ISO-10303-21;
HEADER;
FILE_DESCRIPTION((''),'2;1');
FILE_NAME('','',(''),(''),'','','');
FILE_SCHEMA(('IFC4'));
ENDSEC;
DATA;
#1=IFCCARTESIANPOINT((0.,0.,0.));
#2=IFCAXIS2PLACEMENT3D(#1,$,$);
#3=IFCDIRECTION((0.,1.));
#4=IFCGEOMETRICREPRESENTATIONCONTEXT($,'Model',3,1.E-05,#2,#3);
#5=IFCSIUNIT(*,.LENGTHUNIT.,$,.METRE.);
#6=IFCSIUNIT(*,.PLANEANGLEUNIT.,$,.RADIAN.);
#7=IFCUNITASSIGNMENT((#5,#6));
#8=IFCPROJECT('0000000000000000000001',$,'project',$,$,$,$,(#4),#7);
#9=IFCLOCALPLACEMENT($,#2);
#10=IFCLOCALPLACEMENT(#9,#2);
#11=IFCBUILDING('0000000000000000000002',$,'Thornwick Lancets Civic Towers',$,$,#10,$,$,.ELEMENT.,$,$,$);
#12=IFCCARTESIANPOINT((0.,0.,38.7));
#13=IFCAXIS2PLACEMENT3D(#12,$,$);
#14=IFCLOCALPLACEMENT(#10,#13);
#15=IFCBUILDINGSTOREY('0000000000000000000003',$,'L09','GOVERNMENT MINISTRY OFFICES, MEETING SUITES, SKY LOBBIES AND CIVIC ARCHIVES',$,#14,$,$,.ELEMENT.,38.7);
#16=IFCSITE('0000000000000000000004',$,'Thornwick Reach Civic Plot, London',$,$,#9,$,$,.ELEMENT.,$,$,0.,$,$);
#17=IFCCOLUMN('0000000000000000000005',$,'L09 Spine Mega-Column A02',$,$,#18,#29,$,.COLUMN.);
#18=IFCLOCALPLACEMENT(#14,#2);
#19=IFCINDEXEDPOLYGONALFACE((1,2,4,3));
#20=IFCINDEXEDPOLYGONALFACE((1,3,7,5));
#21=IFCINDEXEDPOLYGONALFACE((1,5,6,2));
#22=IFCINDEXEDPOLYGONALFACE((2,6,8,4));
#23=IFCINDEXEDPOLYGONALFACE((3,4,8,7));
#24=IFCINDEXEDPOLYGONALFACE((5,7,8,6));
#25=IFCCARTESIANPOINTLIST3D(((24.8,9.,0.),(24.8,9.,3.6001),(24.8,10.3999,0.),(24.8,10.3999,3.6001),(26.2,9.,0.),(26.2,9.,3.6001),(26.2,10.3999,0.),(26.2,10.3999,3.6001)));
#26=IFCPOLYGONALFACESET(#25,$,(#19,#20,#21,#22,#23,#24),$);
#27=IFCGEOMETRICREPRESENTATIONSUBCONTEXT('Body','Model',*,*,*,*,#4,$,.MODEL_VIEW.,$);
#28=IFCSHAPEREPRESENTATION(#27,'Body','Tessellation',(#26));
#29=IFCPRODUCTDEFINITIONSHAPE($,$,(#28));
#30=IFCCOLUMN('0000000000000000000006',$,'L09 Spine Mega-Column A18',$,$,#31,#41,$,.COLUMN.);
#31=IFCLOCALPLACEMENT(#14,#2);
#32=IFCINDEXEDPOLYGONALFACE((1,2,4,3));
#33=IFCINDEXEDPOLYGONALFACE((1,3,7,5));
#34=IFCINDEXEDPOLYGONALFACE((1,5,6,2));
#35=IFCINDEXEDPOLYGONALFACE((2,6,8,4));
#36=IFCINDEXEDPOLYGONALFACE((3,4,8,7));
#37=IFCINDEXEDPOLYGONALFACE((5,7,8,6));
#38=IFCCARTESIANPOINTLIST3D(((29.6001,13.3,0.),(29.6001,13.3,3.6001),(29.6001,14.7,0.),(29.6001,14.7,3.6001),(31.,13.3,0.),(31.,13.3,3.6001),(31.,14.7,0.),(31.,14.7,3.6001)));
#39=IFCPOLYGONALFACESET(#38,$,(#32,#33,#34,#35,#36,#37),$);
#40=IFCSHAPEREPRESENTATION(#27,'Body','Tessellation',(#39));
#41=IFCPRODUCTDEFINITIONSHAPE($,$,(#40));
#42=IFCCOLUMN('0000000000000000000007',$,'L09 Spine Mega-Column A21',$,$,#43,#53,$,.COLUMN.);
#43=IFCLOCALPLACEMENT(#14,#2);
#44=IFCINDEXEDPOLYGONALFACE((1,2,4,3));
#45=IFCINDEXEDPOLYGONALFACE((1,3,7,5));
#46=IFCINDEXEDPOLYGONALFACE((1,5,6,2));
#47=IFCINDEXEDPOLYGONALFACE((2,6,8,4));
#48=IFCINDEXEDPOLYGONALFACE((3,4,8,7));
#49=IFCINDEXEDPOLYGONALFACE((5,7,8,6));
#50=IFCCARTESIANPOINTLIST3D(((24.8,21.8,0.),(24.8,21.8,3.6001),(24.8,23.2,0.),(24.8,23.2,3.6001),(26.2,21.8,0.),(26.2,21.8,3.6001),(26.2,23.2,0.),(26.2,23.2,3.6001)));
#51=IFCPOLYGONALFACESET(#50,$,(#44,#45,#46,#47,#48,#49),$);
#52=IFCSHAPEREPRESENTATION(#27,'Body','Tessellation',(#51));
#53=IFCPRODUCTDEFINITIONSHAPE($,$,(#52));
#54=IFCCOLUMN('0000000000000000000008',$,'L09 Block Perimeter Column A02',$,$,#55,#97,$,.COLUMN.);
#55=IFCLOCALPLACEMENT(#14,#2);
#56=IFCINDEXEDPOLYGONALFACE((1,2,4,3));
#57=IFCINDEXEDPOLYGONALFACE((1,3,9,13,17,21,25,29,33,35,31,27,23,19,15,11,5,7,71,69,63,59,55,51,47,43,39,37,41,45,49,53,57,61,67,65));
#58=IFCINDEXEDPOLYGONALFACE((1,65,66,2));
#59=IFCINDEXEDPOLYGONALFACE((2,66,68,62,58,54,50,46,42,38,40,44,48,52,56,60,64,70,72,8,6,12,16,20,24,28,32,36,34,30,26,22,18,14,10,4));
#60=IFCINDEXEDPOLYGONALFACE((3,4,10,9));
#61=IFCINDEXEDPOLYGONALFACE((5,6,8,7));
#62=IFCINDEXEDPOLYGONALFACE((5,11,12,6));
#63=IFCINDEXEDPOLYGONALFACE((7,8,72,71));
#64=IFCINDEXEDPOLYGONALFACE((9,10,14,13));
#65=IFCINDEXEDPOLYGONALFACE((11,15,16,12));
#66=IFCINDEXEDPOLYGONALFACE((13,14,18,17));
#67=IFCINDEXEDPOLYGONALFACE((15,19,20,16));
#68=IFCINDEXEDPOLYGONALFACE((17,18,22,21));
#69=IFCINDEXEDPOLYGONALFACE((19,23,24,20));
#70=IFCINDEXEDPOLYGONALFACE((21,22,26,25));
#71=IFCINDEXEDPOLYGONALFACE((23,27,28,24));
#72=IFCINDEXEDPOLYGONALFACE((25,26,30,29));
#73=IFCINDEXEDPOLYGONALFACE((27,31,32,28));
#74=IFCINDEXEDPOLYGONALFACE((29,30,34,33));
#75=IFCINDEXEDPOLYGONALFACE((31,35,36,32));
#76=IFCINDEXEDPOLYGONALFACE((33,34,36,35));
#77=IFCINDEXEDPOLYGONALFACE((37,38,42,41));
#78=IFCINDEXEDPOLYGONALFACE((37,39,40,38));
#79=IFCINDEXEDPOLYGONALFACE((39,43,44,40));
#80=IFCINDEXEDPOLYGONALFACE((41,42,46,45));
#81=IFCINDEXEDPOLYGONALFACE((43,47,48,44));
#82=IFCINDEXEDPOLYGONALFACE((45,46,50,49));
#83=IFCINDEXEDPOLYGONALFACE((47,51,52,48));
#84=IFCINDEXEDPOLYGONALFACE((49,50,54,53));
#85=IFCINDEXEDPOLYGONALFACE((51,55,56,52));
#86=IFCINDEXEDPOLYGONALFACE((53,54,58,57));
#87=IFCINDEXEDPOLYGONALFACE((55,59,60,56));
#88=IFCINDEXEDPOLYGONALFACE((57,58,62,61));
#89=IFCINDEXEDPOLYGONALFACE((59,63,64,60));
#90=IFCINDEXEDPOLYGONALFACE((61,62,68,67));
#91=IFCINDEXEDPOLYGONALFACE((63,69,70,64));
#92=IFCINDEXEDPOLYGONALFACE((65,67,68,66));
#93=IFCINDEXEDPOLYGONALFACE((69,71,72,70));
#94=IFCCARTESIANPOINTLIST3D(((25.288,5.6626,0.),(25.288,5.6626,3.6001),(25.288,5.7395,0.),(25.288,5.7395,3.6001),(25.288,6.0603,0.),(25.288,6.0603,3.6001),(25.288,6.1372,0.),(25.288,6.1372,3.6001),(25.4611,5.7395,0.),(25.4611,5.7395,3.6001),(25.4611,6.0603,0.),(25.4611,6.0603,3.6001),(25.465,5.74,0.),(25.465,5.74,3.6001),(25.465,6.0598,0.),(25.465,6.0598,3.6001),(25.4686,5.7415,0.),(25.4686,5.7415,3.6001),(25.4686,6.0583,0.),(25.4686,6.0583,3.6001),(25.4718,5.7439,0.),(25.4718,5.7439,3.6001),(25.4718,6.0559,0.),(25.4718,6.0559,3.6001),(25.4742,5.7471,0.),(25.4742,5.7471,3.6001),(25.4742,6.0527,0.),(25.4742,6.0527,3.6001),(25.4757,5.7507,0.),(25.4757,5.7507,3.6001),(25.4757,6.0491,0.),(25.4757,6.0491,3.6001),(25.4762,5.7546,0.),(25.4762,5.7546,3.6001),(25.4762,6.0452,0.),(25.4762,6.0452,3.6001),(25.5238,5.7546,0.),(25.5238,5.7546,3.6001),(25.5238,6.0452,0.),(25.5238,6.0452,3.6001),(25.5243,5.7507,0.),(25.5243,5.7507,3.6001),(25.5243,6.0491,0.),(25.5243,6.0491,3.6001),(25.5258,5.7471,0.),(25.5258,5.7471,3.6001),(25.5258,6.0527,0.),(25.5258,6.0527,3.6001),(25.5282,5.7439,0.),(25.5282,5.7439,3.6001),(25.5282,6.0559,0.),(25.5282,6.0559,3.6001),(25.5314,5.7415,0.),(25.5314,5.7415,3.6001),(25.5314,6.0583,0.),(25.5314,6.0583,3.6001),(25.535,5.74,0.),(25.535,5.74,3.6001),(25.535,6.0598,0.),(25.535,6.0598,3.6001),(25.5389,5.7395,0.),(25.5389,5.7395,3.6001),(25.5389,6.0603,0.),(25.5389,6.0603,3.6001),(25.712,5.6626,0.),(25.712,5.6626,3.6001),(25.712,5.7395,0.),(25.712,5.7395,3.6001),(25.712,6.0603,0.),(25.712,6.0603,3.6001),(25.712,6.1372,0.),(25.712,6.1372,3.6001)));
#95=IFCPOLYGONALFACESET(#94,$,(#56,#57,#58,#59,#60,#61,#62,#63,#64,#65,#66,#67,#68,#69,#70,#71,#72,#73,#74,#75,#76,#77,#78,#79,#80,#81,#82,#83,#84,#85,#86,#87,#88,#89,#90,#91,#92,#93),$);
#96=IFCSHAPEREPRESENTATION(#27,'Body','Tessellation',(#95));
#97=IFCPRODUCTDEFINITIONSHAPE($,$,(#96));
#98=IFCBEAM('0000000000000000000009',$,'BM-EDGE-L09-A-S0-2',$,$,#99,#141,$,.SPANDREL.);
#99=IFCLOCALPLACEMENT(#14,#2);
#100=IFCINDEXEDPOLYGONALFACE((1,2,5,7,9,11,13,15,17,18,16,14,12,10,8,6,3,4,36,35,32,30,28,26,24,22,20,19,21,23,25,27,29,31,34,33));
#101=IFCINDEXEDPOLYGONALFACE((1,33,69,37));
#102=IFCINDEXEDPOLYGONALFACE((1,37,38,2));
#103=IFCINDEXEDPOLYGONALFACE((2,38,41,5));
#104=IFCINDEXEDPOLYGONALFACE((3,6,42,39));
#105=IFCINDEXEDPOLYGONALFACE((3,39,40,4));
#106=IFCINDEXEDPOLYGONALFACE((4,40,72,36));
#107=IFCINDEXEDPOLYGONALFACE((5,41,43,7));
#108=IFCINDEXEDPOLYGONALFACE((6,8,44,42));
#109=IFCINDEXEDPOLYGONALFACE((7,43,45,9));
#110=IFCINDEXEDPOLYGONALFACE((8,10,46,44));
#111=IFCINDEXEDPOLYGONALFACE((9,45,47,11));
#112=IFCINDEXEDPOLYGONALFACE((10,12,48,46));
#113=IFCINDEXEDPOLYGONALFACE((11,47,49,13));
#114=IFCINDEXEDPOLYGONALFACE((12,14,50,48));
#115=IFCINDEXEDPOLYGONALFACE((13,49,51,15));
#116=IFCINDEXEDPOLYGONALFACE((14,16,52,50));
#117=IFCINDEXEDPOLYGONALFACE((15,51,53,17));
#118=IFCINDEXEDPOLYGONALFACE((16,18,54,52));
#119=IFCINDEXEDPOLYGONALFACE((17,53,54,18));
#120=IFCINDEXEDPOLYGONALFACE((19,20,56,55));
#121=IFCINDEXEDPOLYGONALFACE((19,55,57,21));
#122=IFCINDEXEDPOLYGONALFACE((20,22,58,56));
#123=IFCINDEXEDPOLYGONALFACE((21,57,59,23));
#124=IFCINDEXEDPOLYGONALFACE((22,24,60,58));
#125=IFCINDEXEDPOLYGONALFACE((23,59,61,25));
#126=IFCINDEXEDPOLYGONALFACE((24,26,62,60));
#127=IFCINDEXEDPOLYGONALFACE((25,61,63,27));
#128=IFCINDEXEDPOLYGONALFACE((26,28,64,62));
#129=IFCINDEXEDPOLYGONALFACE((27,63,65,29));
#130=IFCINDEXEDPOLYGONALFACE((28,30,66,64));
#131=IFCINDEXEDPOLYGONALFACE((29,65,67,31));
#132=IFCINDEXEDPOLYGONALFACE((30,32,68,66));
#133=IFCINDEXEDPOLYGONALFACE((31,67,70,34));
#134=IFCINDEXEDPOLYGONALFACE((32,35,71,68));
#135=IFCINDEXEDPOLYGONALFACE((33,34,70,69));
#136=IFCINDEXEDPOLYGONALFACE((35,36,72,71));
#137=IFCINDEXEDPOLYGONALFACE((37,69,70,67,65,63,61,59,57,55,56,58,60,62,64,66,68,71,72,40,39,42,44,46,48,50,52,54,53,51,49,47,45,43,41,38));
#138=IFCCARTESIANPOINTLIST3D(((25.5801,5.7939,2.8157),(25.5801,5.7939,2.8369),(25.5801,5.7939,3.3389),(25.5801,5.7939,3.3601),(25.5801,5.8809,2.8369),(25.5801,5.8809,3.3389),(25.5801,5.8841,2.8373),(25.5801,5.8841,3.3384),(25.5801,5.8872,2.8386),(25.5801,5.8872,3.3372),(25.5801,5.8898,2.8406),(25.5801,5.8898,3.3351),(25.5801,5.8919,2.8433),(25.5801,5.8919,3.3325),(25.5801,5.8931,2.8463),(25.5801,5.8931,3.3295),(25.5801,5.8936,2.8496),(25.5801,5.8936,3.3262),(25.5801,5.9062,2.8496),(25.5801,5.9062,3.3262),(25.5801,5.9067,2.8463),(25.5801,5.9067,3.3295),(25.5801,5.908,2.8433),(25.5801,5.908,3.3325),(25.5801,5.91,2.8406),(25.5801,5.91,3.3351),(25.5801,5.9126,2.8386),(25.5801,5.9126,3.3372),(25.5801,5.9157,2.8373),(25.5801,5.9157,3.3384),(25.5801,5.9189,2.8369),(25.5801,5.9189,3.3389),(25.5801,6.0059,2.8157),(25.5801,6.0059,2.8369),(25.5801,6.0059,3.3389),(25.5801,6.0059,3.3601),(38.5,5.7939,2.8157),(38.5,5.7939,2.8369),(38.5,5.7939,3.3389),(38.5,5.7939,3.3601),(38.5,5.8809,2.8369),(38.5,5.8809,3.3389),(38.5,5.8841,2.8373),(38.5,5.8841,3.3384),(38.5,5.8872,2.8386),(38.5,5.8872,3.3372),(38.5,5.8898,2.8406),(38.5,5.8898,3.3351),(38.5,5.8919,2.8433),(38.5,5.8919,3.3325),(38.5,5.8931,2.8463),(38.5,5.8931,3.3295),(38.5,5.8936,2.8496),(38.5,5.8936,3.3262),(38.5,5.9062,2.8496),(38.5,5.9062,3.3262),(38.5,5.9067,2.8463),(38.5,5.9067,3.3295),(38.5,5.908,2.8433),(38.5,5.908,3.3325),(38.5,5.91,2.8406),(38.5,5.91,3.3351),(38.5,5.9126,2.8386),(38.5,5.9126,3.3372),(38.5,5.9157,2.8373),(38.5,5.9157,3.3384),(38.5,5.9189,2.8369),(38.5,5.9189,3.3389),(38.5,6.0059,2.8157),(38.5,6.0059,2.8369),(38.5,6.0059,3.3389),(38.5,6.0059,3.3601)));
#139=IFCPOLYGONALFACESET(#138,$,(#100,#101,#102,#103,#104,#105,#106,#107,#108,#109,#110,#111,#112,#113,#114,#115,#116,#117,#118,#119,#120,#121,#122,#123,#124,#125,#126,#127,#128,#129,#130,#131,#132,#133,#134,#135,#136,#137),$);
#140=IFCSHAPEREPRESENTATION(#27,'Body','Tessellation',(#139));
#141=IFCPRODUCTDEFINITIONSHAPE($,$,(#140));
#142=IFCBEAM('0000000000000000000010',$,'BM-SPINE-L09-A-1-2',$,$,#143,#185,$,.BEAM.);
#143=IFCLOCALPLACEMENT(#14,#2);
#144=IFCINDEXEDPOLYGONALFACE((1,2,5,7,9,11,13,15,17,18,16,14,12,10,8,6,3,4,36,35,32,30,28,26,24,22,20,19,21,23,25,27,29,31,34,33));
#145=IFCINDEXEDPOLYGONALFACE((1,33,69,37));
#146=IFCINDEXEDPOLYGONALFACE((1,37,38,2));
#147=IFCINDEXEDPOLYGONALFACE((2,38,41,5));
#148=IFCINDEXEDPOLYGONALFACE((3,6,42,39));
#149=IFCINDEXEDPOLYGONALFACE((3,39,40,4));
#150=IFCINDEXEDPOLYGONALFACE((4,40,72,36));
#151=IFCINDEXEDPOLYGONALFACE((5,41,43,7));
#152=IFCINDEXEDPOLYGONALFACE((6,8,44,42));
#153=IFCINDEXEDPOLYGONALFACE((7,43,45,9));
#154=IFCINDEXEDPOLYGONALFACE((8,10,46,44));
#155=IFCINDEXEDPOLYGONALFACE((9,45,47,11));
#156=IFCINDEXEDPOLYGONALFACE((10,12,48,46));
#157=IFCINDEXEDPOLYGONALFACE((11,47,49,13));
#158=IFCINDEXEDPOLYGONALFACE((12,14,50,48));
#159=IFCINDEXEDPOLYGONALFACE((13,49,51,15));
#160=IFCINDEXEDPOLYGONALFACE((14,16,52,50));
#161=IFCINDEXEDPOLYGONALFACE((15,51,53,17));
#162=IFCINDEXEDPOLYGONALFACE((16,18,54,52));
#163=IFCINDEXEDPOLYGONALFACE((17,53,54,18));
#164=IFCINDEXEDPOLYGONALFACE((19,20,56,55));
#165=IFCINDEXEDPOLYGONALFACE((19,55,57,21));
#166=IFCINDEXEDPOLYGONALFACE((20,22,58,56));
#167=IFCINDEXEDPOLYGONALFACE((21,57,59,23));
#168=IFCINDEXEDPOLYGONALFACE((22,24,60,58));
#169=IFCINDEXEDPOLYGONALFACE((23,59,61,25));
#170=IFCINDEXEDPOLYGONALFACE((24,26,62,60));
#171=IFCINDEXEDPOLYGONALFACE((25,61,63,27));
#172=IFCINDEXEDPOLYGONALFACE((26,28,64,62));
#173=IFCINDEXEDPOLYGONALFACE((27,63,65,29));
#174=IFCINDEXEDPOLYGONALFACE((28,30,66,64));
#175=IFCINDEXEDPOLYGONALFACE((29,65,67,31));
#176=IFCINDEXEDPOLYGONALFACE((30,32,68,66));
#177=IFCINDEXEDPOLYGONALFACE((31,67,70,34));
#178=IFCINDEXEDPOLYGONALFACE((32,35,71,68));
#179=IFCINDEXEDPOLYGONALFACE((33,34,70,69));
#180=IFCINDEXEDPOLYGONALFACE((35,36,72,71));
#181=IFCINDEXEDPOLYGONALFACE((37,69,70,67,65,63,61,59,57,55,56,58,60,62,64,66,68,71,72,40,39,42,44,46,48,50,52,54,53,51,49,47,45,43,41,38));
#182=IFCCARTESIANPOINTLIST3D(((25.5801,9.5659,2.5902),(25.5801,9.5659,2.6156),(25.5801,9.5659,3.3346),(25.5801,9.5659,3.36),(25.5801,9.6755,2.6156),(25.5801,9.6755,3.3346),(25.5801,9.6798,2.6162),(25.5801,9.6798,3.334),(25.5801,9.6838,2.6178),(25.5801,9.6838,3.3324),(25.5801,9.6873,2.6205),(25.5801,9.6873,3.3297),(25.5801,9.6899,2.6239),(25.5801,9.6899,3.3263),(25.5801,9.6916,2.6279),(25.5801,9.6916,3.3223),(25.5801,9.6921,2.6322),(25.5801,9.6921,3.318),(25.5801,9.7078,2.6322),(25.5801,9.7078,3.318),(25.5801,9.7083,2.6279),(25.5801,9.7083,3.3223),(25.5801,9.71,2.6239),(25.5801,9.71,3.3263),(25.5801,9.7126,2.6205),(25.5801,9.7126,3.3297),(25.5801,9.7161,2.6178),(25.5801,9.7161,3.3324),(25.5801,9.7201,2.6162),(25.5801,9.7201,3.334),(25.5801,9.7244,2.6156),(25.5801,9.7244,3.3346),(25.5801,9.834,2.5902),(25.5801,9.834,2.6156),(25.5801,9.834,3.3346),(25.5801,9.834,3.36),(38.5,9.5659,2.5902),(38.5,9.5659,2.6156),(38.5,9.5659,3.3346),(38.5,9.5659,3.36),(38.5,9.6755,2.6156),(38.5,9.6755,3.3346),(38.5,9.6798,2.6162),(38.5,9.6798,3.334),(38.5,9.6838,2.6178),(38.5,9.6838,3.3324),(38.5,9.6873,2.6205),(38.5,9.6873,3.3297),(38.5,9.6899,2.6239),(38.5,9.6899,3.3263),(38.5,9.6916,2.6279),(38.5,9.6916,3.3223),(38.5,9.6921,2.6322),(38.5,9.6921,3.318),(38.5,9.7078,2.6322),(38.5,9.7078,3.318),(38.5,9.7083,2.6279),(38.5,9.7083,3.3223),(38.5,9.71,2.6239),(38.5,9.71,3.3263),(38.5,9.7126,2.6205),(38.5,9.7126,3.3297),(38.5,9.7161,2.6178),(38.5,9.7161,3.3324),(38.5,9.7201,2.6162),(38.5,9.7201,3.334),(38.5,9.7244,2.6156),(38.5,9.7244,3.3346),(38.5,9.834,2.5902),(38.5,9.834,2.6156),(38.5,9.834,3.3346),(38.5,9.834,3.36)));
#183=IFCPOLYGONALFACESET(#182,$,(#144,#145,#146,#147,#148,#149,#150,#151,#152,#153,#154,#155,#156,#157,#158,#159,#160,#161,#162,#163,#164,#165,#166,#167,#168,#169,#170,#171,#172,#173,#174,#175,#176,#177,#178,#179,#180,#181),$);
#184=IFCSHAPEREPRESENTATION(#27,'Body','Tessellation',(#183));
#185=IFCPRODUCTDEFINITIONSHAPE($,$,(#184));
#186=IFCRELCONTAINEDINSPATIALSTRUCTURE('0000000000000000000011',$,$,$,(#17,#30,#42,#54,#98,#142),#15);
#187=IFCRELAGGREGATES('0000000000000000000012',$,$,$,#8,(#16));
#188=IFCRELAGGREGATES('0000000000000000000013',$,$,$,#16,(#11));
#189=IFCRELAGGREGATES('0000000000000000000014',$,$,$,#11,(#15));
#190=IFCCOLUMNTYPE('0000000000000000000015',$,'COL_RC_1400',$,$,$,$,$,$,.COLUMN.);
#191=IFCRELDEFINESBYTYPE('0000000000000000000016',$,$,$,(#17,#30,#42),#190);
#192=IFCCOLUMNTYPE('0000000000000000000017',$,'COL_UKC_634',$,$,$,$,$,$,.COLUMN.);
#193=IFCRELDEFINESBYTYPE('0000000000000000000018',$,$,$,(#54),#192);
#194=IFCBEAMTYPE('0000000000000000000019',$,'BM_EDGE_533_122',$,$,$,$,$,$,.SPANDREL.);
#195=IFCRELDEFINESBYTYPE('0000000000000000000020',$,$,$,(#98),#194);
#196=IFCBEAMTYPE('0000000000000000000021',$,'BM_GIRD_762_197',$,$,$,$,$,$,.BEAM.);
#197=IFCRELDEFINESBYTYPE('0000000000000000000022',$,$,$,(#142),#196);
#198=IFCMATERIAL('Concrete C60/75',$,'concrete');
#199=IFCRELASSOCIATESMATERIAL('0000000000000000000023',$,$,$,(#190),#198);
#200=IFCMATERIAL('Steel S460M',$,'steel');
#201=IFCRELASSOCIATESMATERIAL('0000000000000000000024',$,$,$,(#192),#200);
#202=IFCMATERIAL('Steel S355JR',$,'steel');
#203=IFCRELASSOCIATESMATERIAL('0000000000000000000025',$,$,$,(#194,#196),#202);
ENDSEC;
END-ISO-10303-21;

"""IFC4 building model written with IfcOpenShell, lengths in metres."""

from ifc_helpers import new_model, si_unit, direction, frame, origin, origin_2d, place, context, subcontext, project, spatial, rectangle, i_section, extrude, material, material_profile, profile_set, type_object, element, save


model = new_model("IFC4")

# Units and contexts
model_context = context("Model", 3, precision=1e-05, world=origin(), true_north=direction((0.0, 1.0)))
body_context = subcontext(model_context, "Body", "Model", "MODEL_VIEW")
ifc_project = project(units=[si_unit("LENGTHUNIT", "METRE"), si_unit("PLANEANGLEUNIT", "RADIAN")], contexts=[model_context])

# Site, building, storey
site_placement = place(None, origin())
site = spatial("IfcSite", under=ifc_project, at=site_placement, Name="Thornwick Reach Civic Plot, London", CompositionType="ELEMENT", RefElevation=0.0)
building_placement = place(site_placement, origin())
building = spatial("IfcBuilding", under=site, at=building_placement, Name="Thornwick Lancets Civic Towers", CompositionType="ELEMENT")
storey_placement = place(building_placement, frame((0.0, 0.0, 38.7)))
storey = spatial("IfcBuildingStorey", under=building, at=storey_placement, Name="L09", Description="GOVERNMENT MINISTRY OFFICES, MEETING SUITES, SKY LOBBIES AND CIVIC ARCHIVES", CompositionType="ELEMENT", Elevation=38.7)

# Columns
ifc_material_1 = material(Name="Concrete C60/75", Category="concrete")
ifc_material_profile_1 = material_profile(ifc_material_1, rectangle(XDim=1.3999, YDim=1.3999, at=origin_2d()), Name="RC 1400x1400")
ifc_profile_set_1 = profile_set([ifc_material_profile_1], Name="Concrete C60/75")
column_type_1 = type_object("IfcColumnType", Name="COL_RC_1400", PredefinedType="COLUMN", material=ifc_profile_set_1)
for number, where, z_axis, x_axis, name in (
    (1, (25.5, 9.7, 0.0), (0.0, 0.0, 1.0), (1.0, 0.0, 0.0), "L09 Spine Mega-Column A02"),
    (2, (30.3, 14.0, 0.0), (0.0, 0.0, 1.0), (1.0, 0.0, 0.0), "L09 Spine Mega-Column A18"),
    (3, (25.5, 22.5, 0.0), (0.0, 0.0, 1.0), (1.0, 0.0, 0.0), "L09 Spine Mega-Column A21"),
):
    element("IfcColumn", number, at=place(storey_placement, frame(where, z_axis=z_axis, x_axis=x_axis)), inside=storey, type_object=column_type_1, Name=name, PredefinedType="COLUMN", context=body_context, shape_type="SweptSolid", body=[
        extrude(rectangle(XDim=1.3999, YDim=1.3999, at=origin_2d()), origin(), (0.0, 0.0, 1.0), 3.6001),
    ])
ifc_material_2 = material(Name="Steel S460M", Category="steel")
ifc_material_profile_2 = material_profile(ifc_material_2, i_section(OverallWidth=0.4241, OverallDepth=0.4746, WebThickness=0.0476, FlangeThickness=0.0769, FilletRadius=0.0151, at=origin_2d()), Name="UKC 356x406x634")
ifc_profile_set_2 = profile_set([ifc_material_profile_2], Name="Steel S460M")
column_type_2 = type_object("IfcColumnType", Name="COL_UKC_634", PredefinedType="COLUMN", material=ifc_profile_set_2)
column_placement = place(storey_placement, frame((25.5, 5.8999, 0.0), z_axis=(0.0, 0.0, 1.0), x_axis=(1.0, 0.0, 0.0)))
element("IfcColumn", 4, at=column_placement, inside=storey, type_object=column_type_2, Name="L09 Block Perimeter Column A02", PredefinedType="COLUMN", context=body_context, shape_type="SweptSolid", body=[
    extrude(i_section(OverallWidth=0.4241, OverallDepth=0.4746, WebThickness=0.0476, FlangeThickness=0.0769, FilletRadius=0.0151, at=origin_2d()), origin(), (0.0, 0.0, 1.0), 3.6001),
])

# Beams
ifc_material_3 = material(Name="Steel S355JR", Category="steel")
ifc_material_profile_3 = material_profile(ifc_material_3, i_section(OverallWidth=0.2119, OverallDepth=0.5444, WebThickness=0.0127, FlangeThickness=0.0212, FilletRadius=0.0127, at=origin_2d()), Name="UKB 533x210x122")
ifc_profile_set_3 = profile_set([ifc_material_profile_3], Name="Steel S355JR")
beam_type_1 = type_object("IfcBeamType", Name="BM_EDGE_533_122", PredefinedType="SPANDREL", material=ifc_profile_set_3)
beam_1_placement = place(storey_placement, frame((25.5801, 5.8999, 3.0879), z_axis=(1.0, 0.0, 0.0), x_axis=(0.0, 1.0, 0.0)))
element("IfcBeam", 5, at=beam_1_placement, inside=storey, type_object=beam_type_1, Name="BM-EDGE-L09-A-S0-2", PredefinedType="SPANDREL", context=body_context, shape_type="SweptSolid", body=[
    extrude(i_section(OverallWidth=0.2119, OverallDepth=0.5444, WebThickness=0.0127, FlangeThickness=0.0212, FilletRadius=0.0127, at=origin_2d()), origin(), (0.0, 0.0, 1.0), 12.9199),
])
ifc_material_profile_4 = material_profile(ifc_material_3, i_section(OverallWidth=0.2681, OverallDepth=0.7698, WebThickness=0.0156, FlangeThickness=0.0254, FilletRadius=0.0166, at=origin_2d()), Name="UKB 762x267x197")
ifc_profile_set_4 = profile_set([ifc_material_profile_4], Name="Steel S355JR")
beam_type_2 = type_object("IfcBeamType", Name="BM_GIRD_762_197", PredefinedType="BEAM", material=ifc_profile_set_4)
beam_2_placement = place(storey_placement, frame((25.5801, 9.7, 2.9751), z_axis=(1.0, 0.0, 0.0), x_axis=(0.0, 1.0, 0.0)))
element("IfcBeam", 6, at=beam_2_placement, inside=storey, type_object=beam_type_2, Name="BM-SPINE-L09-A-1-2", PredefinedType="BEAM", context=body_context, shape_type="SweptSolid", body=[
    extrude(i_section(OverallWidth=0.2681, OverallDepth=0.7698, WebThickness=0.0156, FlangeThickness=0.0254, FilletRadius=0.0166, at=origin_2d()), origin(), (0.0, 0.0, 1.0), 12.9199),
])

save(model, "model.ifc")
